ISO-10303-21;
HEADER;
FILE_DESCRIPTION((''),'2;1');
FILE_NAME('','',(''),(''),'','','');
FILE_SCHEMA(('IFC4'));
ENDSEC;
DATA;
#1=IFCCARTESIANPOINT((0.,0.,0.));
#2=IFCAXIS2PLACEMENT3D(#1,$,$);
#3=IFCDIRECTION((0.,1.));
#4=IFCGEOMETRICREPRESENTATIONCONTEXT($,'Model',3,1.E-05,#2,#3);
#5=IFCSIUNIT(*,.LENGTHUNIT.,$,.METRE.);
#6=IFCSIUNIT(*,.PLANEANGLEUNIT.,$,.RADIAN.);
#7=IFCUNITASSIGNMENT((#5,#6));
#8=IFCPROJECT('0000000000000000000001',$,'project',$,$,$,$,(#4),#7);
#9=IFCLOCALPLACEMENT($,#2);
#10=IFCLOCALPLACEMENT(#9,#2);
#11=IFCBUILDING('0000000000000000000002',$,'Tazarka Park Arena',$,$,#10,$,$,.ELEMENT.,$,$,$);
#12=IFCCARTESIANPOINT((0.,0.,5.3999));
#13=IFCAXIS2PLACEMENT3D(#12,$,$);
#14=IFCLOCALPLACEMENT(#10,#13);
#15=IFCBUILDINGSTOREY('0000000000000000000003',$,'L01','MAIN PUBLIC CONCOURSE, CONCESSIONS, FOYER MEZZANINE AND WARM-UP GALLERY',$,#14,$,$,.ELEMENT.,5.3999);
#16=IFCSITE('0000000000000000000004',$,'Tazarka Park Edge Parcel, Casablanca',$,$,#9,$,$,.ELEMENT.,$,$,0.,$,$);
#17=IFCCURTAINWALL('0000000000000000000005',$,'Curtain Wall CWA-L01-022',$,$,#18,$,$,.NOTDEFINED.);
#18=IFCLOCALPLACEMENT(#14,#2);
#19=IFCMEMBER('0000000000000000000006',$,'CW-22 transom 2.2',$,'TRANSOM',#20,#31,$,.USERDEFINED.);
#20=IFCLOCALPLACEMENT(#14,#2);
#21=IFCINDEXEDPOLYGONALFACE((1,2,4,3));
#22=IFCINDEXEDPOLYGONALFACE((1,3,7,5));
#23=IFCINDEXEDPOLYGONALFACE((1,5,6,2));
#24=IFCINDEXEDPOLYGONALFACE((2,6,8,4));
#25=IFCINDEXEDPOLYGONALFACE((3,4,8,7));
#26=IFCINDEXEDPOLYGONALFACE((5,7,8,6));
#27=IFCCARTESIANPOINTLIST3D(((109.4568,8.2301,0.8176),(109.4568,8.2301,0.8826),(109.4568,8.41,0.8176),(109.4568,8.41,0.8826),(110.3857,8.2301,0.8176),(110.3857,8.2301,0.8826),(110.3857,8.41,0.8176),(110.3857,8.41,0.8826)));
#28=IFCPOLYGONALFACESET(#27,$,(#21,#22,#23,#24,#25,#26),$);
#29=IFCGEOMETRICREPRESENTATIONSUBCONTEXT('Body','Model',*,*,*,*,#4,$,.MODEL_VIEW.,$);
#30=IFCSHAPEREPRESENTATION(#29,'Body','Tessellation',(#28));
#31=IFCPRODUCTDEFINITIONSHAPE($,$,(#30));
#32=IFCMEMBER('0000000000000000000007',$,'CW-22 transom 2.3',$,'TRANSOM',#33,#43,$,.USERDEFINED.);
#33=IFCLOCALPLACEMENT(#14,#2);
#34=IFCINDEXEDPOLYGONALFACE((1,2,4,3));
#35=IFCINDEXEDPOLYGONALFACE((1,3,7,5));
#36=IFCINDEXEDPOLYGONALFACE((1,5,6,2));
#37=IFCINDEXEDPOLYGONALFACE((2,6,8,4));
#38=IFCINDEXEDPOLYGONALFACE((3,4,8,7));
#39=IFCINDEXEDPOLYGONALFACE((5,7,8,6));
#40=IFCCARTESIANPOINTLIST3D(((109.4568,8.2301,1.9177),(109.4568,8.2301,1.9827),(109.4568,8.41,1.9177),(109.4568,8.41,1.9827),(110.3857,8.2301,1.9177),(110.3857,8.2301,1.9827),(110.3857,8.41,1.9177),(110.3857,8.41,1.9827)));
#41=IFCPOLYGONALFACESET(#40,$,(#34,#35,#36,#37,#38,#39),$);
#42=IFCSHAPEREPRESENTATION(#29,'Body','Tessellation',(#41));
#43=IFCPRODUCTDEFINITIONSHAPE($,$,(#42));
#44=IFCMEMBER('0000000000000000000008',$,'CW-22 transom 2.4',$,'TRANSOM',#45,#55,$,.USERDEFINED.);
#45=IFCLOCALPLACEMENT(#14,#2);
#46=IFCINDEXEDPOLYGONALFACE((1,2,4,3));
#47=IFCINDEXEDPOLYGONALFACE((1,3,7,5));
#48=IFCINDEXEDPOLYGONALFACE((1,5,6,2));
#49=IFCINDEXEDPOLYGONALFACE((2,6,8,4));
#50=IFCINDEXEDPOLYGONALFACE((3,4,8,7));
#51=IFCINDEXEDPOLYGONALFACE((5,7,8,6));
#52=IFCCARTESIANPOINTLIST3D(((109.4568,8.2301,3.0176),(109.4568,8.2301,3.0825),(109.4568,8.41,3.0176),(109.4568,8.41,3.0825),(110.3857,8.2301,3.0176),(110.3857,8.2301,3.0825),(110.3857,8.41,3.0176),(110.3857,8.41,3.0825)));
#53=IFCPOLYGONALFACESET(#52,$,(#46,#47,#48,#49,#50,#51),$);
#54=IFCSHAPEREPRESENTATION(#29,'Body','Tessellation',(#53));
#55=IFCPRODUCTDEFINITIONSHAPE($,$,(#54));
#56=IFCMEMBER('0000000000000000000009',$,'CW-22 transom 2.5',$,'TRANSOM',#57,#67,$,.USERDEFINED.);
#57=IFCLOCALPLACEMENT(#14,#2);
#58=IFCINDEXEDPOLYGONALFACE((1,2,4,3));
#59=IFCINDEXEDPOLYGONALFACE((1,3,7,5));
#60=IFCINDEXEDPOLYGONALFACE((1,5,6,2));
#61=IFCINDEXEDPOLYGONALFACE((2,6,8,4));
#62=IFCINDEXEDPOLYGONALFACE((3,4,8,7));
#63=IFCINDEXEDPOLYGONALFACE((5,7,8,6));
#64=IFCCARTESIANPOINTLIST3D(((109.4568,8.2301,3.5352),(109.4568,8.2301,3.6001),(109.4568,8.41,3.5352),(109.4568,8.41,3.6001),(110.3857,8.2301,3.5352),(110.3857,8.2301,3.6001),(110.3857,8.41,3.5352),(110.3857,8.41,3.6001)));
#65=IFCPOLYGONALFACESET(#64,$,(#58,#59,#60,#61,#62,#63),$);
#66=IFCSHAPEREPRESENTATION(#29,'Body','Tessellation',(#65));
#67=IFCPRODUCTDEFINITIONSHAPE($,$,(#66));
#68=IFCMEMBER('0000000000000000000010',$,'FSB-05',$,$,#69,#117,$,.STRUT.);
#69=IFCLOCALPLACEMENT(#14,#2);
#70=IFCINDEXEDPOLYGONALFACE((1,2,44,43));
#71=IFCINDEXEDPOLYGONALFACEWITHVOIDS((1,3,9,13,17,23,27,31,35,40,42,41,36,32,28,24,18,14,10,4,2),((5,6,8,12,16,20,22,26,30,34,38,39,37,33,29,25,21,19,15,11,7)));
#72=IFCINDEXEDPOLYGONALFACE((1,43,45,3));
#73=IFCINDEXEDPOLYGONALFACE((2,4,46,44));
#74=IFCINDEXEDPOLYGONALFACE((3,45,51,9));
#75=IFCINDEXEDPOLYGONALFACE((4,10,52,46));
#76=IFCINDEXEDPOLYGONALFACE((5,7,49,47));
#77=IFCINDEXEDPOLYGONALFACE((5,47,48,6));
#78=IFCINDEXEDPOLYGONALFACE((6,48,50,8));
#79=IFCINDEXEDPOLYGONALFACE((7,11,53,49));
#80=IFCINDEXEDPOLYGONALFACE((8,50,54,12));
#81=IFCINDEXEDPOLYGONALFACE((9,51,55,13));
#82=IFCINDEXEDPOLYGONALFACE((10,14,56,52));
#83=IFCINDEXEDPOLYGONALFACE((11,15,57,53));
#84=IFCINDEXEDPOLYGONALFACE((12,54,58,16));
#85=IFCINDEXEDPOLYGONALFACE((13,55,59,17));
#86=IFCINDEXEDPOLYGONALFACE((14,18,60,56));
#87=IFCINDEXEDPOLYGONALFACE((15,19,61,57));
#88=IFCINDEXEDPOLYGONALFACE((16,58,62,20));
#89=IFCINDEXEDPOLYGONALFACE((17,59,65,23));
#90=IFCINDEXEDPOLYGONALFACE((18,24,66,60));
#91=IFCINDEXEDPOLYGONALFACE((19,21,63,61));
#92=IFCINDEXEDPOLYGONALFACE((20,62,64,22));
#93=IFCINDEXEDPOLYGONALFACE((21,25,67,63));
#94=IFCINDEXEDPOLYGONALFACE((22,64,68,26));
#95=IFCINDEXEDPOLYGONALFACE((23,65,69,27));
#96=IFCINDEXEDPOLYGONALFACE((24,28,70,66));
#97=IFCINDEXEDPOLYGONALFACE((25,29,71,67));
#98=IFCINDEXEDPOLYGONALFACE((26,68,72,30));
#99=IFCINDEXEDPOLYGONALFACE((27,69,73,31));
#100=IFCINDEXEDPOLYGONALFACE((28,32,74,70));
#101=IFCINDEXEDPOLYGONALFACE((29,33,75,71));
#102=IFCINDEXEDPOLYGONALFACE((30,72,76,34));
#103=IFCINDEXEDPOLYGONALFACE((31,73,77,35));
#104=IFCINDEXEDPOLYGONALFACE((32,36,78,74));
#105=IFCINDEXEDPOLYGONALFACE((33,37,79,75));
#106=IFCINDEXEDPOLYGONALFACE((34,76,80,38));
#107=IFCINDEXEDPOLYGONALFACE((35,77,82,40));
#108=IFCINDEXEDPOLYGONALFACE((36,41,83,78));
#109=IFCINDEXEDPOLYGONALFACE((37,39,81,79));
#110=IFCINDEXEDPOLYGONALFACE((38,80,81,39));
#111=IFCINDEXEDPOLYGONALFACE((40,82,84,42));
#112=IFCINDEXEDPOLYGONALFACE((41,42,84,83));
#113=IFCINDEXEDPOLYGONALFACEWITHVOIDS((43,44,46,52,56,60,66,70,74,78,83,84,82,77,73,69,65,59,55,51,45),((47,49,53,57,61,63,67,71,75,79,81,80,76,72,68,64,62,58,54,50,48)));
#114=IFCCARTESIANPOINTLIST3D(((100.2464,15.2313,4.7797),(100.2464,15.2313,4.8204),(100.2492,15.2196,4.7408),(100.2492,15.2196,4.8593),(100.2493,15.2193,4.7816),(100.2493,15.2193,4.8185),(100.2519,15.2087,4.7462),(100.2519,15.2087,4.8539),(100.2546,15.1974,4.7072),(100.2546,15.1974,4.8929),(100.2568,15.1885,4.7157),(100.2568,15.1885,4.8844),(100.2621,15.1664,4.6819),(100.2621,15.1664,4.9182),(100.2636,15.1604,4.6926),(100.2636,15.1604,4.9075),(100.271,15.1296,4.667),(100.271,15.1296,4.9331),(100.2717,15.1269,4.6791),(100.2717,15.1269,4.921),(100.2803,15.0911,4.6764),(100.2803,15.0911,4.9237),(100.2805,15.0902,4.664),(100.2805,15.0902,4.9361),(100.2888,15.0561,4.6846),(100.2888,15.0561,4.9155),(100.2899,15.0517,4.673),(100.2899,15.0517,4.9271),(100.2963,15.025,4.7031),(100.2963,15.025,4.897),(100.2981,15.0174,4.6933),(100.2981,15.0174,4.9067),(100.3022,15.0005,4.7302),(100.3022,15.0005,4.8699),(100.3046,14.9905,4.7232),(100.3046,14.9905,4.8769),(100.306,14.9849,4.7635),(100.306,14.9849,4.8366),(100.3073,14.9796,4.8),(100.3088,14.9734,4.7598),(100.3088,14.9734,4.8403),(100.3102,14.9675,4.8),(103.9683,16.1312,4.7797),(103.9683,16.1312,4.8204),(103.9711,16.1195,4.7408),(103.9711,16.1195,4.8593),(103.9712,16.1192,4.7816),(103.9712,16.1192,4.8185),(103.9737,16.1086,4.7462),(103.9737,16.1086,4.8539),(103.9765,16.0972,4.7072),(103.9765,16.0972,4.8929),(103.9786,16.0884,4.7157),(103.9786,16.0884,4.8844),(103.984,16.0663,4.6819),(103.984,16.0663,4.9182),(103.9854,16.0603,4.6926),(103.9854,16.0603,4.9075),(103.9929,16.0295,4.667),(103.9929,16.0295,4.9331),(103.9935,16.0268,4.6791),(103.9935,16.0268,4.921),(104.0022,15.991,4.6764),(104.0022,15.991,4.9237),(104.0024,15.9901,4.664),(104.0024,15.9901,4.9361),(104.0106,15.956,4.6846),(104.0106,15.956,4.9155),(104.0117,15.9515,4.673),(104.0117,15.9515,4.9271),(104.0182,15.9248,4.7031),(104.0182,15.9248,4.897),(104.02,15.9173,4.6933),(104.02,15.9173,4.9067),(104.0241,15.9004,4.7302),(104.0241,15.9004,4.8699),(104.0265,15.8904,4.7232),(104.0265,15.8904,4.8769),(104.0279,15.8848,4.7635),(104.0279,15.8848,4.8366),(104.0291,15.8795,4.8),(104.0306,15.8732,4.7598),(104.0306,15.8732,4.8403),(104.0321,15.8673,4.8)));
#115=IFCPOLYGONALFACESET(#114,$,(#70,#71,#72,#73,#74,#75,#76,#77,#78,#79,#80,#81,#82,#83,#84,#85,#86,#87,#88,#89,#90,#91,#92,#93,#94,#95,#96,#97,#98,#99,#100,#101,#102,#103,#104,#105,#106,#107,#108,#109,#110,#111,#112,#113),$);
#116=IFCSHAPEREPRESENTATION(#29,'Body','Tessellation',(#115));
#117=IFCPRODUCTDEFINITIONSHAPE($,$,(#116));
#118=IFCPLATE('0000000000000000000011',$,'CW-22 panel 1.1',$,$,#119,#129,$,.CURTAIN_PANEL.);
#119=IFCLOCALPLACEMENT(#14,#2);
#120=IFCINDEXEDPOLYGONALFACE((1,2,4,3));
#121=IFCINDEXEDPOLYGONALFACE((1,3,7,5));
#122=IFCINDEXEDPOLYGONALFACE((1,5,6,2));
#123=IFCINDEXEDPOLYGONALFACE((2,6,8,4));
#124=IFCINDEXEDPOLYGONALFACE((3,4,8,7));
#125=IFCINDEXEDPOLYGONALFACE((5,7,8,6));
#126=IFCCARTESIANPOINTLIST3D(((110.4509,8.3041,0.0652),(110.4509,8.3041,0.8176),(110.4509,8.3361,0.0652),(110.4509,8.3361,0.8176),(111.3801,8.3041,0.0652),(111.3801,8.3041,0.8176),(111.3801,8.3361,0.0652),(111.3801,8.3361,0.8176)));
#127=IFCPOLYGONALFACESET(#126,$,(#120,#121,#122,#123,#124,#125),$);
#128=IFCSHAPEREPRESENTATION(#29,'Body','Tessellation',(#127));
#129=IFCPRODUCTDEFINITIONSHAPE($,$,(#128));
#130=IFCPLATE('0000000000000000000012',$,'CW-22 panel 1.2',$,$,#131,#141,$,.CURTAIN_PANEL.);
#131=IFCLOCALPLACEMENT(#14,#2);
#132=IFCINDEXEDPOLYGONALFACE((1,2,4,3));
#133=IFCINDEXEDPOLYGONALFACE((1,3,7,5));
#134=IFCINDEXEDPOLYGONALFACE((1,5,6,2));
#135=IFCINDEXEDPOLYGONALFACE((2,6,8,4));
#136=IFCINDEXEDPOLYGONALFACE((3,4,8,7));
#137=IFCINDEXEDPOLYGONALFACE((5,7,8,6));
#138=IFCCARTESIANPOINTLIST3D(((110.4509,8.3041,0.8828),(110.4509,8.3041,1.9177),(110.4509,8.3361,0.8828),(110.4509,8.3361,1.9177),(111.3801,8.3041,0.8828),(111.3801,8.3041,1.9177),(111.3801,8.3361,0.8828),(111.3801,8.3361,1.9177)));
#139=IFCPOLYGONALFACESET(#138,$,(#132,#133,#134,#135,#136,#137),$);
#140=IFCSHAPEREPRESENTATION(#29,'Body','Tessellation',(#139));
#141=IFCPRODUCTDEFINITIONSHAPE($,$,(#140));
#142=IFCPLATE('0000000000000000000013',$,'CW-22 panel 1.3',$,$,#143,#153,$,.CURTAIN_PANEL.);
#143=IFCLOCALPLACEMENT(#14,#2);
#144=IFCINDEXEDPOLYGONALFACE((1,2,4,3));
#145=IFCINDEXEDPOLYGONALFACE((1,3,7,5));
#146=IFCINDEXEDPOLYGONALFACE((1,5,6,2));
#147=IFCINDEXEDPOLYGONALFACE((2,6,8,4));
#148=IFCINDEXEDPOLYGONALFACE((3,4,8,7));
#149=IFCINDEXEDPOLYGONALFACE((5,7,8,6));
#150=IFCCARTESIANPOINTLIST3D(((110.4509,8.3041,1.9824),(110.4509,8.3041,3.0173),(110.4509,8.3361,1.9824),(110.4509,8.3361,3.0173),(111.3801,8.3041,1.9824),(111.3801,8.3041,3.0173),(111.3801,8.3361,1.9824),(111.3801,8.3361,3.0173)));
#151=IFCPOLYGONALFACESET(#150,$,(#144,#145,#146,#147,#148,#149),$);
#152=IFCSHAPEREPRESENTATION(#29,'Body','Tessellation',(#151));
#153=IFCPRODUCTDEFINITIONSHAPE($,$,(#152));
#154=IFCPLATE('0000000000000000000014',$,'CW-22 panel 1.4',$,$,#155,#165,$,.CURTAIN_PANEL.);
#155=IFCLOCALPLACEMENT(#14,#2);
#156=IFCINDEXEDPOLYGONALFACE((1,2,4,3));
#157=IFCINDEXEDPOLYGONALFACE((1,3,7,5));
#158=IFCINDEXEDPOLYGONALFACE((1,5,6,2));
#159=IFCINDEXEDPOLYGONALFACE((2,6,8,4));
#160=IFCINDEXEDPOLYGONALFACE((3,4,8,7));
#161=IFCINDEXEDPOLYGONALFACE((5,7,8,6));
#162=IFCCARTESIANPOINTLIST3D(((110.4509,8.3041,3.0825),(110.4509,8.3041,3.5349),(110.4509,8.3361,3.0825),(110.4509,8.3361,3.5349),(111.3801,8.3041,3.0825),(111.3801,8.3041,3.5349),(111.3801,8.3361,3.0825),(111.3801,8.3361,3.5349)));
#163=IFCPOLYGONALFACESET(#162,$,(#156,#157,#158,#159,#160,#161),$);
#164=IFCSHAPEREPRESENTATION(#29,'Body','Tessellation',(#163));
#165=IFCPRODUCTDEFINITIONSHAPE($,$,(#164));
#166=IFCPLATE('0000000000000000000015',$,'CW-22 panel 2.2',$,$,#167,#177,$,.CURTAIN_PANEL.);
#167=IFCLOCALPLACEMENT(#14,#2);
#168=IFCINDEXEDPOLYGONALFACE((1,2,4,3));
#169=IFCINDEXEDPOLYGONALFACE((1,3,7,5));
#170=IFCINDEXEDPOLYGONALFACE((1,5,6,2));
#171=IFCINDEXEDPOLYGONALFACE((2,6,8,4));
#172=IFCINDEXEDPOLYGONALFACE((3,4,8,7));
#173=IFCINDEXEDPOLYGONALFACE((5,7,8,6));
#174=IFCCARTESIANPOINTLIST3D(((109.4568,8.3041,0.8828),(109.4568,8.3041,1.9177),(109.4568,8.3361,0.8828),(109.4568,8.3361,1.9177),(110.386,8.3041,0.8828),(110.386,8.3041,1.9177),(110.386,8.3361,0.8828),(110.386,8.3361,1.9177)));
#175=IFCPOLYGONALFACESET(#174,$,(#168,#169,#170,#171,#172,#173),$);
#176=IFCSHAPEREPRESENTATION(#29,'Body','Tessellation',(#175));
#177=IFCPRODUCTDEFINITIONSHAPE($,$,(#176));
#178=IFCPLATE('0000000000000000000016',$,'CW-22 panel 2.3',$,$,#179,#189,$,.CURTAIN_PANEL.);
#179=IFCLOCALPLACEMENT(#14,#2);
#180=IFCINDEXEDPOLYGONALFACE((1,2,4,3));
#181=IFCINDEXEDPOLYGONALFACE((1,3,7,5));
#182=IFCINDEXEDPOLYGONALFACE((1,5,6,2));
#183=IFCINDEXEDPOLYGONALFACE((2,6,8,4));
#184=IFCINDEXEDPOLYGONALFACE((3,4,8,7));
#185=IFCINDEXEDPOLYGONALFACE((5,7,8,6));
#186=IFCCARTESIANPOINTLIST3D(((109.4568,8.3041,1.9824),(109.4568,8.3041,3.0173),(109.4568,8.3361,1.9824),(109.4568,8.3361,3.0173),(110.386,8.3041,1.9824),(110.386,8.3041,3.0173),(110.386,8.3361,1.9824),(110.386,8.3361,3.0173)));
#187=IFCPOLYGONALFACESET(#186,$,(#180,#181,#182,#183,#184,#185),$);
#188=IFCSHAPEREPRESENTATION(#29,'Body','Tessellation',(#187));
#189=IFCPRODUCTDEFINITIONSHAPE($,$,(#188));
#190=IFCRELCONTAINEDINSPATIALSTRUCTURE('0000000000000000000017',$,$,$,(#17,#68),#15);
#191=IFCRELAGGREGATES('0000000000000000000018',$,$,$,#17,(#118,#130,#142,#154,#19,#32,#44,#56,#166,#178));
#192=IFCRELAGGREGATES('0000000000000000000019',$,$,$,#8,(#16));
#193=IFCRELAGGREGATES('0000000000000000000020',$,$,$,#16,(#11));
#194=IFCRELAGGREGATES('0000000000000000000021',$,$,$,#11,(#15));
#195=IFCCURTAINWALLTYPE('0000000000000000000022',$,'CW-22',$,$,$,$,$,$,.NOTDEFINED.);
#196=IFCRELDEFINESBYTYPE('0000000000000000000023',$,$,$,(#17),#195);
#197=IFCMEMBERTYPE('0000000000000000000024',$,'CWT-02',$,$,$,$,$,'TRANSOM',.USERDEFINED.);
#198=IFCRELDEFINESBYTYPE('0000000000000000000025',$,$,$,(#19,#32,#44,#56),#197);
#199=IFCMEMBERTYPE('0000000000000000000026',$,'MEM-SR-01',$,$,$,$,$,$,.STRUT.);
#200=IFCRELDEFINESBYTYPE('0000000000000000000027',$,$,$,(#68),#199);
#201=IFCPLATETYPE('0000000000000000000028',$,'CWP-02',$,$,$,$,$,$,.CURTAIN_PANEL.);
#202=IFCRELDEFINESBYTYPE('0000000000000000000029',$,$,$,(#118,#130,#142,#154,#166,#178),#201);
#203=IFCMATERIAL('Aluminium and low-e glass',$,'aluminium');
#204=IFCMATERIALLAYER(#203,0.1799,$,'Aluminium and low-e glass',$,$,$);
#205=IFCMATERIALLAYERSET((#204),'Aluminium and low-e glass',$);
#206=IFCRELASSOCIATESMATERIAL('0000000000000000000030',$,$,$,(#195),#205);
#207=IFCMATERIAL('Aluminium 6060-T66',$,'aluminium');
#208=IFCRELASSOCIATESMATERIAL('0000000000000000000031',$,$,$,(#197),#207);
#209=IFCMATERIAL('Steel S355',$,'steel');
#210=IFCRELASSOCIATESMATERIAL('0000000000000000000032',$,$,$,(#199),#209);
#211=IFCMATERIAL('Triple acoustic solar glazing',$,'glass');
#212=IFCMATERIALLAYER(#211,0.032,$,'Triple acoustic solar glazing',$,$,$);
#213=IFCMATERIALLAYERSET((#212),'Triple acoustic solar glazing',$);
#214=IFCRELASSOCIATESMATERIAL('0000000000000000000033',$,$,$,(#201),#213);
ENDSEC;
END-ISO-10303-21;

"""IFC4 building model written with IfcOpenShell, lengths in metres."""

from ifc_helpers import new_model, si_unit, direction, frame, origin, origin_2d, place, context, subcontext, project, spatial, rectangle, hollow_circle, extrude, material, layer, layer_set, material_profile, profile_set, type_object, element, aggregate, save


model = new_model("IFC4")

# Units and contexts
model_context = context("Model", 3, precision=1e-05, world=origin(), true_north=direction((0.0, 1.0)))
body_context = subcontext(model_context, "Body", "Model", "MODEL_VIEW")
ifc_project = project(units=[si_unit("LENGTHUNIT", "METRE"), si_unit("PLANEANGLEUNIT", "RADIAN")], contexts=[model_context])

# Site, building, storey
site_placement = place(None, origin())
site = spatial("IfcSite", under=ifc_project, at=site_placement, Name="Tazarka Park Edge Parcel, Casablanca", CompositionType="ELEMENT", RefElevation=0.0)
building_placement = place(site_placement, origin())
building = spatial("IfcBuilding", under=site, at=building_placement, Name="Tazarka Park Arena", CompositionType="ELEMENT")
storey_placement = place(building_placement, frame((0.0, 0.0, 5.3999)))
storey = spatial("IfcBuildingStorey", under=building, at=storey_placement, Name="L01", Description="MAIN PUBLIC CONCOURSE, CONCESSIONS, FOYER MEZZANINE AND WARM-UP GALLERY", CompositionType="ELEMENT", Elevation=5.3999)

# Curtain wall, members
ifc_material_1 = material(Name="Aluminium and low-e glass", Category="aluminium")
ifc_layer_1 = layer(ifc_material_1, 0.1799, Name="Aluminium and low-e glass")
ifc_layer_set_1 = layer_set([ifc_layer_1], Name="Aluminium and low-e glass")
curtain_wall_type = type_object("IfcCurtainWallType", Name="CW-22", PredefinedType="NOTDEFINED", material=ifc_layer_set_1)
curtain_wall_placement = place(storey_placement, origin())
curtain_wall = element("IfcCurtainWall", 1, at=curtain_wall_placement, inside=storey, type_object=curtain_wall_type, Name="Curtain Wall CWA-L01-022", PredefinedType="NOTDEFINED")
ifc_material_2 = material(Name="Aluminium 6060-T66", Category="aluminium")
ifc_material_profile_1 = material_profile(ifc_material_2, rectangle(XDim=0.1799, YDim=0.0649, at=origin_2d()), Name="Aluminium 6060-T66")
ifc_profile_set_1 = profile_set([ifc_material_profile_1], Name="Aluminium 6060-T66")
member_type_1 = type_object("IfcMemberType", Name="CWT-02", ElementType="TRANSOM", PredefinedType="USERDEFINED", material=ifc_profile_set_1)
member_1_placement = place(storey_placement, frame((110.3857, 8.3201, 0.8501), z_axis=(-1.0, 0.0, 0.0), x_axis=(0.0, -1.0, 0.0)))
member_1 = element("IfcMember", 2, at=member_1_placement, type_object=member_type_1, Name="CW-22 transom 2.2", ObjectType="TRANSOM", PredefinedType="USERDEFINED", context=body_context, shape_type="SweptSolid", body=[
    extrude(rectangle(XDim=0.1799, YDim=0.0649, at=origin_2d()), origin(), (0.0, 0.0, 1.0), 0.929),
])
member_2_placement = place(storey_placement, frame((110.3857, 8.3201, 1.9502), z_axis=(-1.0, 0.0, 0.0), x_axis=(0.0, -1.0, 0.0)))
member_2 = element("IfcMember", 3, at=member_2_placement, type_object=member_type_1, Name="CW-22 transom 2.3", ObjectType="TRANSOM", PredefinedType="USERDEFINED", context=body_context, shape_type="SweptSolid", body=[
    extrude(rectangle(XDim=0.1799, YDim=0.0649, at=origin_2d()), origin(), (0.0, 0.0, 1.0), 0.929),
])
member_3_placement = place(storey_placement, frame((110.3857, 8.3201, 3.05), z_axis=(-1.0, 0.0, 0.0), x_axis=(0.0, -1.0, 0.0)))
member_3 = element("IfcMember", 4, at=member_3_placement, type_object=member_type_1, Name="CW-22 transom 2.4", ObjectType="TRANSOM", PredefinedType="USERDEFINED", context=body_context, shape_type="SweptSolid", body=[
    extrude(rectangle(XDim=0.1799, YDim=0.0649, at=origin_2d()), origin(), (0.0, 0.0, 1.0), 0.929),
])
member_4_placement = place(storey_placement, frame((110.3857, 8.3201, 3.5676), z_axis=(-1.0, 0.0, 0.0), x_axis=(0.0, -1.0, 0.0)))
member_4 = element("IfcMember", 5, at=member_4_placement, type_object=member_type_1, Name="CW-22 transom 2.5", ObjectType="TRANSOM", PredefinedType="USERDEFINED", context=body_context, shape_type="SweptSolid", body=[
    extrude(rectangle(XDim=0.1799, YDim=0.0649, at=origin_2d()), origin(), (0.0, 0.0, 1.0), 0.929),
])

# Member
ifc_material_3 = material(Name="Steel S355", Category="steel")
ifc_material_profile_2 = material_profile(ifc_material_3, hollow_circle(Radius=0.1365, WallThickness=0.0125, at=origin_2d()), Name="Steel S355")
ifc_profile_set_2 = profile_set([ifc_material_profile_2], Name="Steel S355")
member_type_2 = type_object("IfcMemberType", Name="MEM-SR-01", PredefinedType="STRUT", material=ifc_profile_set_2)
member_5_placement = place(storey_placement, frame((104.0, 16.0, 4.8), z_axis=(-0.971992, -0.235012, 0.0), x_axis=(0.235012, -0.971992, 0.0)))
element("IfcMember", 6, at=member_5_placement, inside=storey, type_object=member_type_2, Name="FSB-05", PredefinedType="STRUT", context=body_context, shape_type="SweptSolid", body=[
    extrude(hollow_circle(Radius=0.1365, WallThickness=0.0125, at=origin_2d()), origin(), (0.0, 0.0, 1.0), 3.8291),
])

# Plates
ifc_material_4 = material(Name="Triple acoustic solar glazing", Category="glass")
ifc_layer_2 = layer(ifc_material_4, 0.032, Name="Triple acoustic solar glazing")
ifc_layer_set_2 = layer_set([ifc_layer_2], Name="Triple acoustic solar glazing")
plate_type = type_object("IfcPlateType", Name="CWP-02", PredefinedType="CURTAIN_PANEL", material=ifc_layer_set_2)
plate_1_placement = place(storey_placement, frame((110.9155, 8.3201, 0.0652), z_axis=(0.0, 0.0, 1.0), x_axis=(-1.0, 0.0, 0.0)))
plate_1 = element("IfcPlate", 7, at=plate_1_placement, type_object=plate_type, Name="CW-22 panel 1.1", PredefinedType="CURTAIN_PANEL", context=body_context, shape_type="SweptSolid", body=[
    extrude(rectangle(XDim=0.9292, YDim=0.032, at=origin_2d()), origin(), (0.0, 0.0, 1.0), 0.7524),
])
plate_2_placement = place(storey_placement, frame((110.9155, 8.3201, 0.8828), z_axis=(0.0, 0.0, 1.0), x_axis=(-1.0, 0.0, 0.0)))
plate_2 = element("IfcPlate", 8, at=plate_2_placement, type_object=plate_type, Name="CW-22 panel 1.2", PredefinedType="CURTAIN_PANEL", context=body_context, shape_type="SweptSolid", body=[
    extrude(rectangle(XDim=0.9292, YDim=0.032, at=origin_2d()), origin(), (0.0, 0.0, 1.0), 1.0349),
])
plate_3_placement = place(storey_placement, frame((110.9155, 8.3201, 1.9824), z_axis=(0.0, 0.0, 1.0), x_axis=(-1.0, 0.0, 0.0)))
plate_3 = element("IfcPlate", 9, at=plate_3_placement, type_object=plate_type, Name="CW-22 panel 1.3", PredefinedType="CURTAIN_PANEL", context=body_context, shape_type="SweptSolid", body=[
    extrude(rectangle(XDim=0.9292, YDim=0.032, at=origin_2d()), origin(), (0.0, 0.0, 1.0), 1.0349),
])
plate_4_placement = place(storey_placement, frame((110.9155, 8.3201, 3.0825), z_axis=(0.0, 0.0, 1.0), x_axis=(-1.0, 0.0, 0.0)))
plate_4 = element("IfcPlate", 10, at=plate_4_placement, type_object=plate_type, Name="CW-22 panel 1.4", PredefinedType="CURTAIN_PANEL", context=body_context, shape_type="SweptSolid", body=[
    extrude(rectangle(XDim=0.9292, YDim=0.032, at=origin_2d()), origin(), (0.0, 0.0, 1.0), 0.4524),
])
plate_5_placement = place(storey_placement, frame((109.9214, 8.3201, 0.8828), z_axis=(0.0, 0.0, 1.0), x_axis=(-1.0, 0.0, 0.0)))
plate_5 = element("IfcPlate", 11, at=plate_5_placement, type_object=plate_type, Name="CW-22 panel 2.2", PredefinedType="CURTAIN_PANEL", context=body_context, shape_type="SweptSolid", body=[
    extrude(rectangle(XDim=0.9292, YDim=0.032, at=origin_2d()), origin(), (0.0, 0.0, 1.0), 1.0349),
])
plate_6_placement = place(storey_placement, frame((109.9214, 8.3201, 1.9824), z_axis=(0.0, 0.0, 1.0), x_axis=(-1.0, 0.0, 0.0)))
plate_6 = element("IfcPlate", 12, at=plate_6_placement, type_object=plate_type, Name="CW-22 panel 2.3", PredefinedType="CURTAIN_PANEL", context=body_context, shape_type="SweptSolid", body=[
    extrude(rectangle(XDim=0.9292, YDim=0.032, at=origin_2d()), origin(), (0.0, 0.0, 1.0), 1.0349),
])
aggregate(curtain_wall, [plate_1, plate_2, plate_3, plate_4, member_1, member_2, member_3, member_4, plate_5, plate_6])

save(model, "model.ifc")
